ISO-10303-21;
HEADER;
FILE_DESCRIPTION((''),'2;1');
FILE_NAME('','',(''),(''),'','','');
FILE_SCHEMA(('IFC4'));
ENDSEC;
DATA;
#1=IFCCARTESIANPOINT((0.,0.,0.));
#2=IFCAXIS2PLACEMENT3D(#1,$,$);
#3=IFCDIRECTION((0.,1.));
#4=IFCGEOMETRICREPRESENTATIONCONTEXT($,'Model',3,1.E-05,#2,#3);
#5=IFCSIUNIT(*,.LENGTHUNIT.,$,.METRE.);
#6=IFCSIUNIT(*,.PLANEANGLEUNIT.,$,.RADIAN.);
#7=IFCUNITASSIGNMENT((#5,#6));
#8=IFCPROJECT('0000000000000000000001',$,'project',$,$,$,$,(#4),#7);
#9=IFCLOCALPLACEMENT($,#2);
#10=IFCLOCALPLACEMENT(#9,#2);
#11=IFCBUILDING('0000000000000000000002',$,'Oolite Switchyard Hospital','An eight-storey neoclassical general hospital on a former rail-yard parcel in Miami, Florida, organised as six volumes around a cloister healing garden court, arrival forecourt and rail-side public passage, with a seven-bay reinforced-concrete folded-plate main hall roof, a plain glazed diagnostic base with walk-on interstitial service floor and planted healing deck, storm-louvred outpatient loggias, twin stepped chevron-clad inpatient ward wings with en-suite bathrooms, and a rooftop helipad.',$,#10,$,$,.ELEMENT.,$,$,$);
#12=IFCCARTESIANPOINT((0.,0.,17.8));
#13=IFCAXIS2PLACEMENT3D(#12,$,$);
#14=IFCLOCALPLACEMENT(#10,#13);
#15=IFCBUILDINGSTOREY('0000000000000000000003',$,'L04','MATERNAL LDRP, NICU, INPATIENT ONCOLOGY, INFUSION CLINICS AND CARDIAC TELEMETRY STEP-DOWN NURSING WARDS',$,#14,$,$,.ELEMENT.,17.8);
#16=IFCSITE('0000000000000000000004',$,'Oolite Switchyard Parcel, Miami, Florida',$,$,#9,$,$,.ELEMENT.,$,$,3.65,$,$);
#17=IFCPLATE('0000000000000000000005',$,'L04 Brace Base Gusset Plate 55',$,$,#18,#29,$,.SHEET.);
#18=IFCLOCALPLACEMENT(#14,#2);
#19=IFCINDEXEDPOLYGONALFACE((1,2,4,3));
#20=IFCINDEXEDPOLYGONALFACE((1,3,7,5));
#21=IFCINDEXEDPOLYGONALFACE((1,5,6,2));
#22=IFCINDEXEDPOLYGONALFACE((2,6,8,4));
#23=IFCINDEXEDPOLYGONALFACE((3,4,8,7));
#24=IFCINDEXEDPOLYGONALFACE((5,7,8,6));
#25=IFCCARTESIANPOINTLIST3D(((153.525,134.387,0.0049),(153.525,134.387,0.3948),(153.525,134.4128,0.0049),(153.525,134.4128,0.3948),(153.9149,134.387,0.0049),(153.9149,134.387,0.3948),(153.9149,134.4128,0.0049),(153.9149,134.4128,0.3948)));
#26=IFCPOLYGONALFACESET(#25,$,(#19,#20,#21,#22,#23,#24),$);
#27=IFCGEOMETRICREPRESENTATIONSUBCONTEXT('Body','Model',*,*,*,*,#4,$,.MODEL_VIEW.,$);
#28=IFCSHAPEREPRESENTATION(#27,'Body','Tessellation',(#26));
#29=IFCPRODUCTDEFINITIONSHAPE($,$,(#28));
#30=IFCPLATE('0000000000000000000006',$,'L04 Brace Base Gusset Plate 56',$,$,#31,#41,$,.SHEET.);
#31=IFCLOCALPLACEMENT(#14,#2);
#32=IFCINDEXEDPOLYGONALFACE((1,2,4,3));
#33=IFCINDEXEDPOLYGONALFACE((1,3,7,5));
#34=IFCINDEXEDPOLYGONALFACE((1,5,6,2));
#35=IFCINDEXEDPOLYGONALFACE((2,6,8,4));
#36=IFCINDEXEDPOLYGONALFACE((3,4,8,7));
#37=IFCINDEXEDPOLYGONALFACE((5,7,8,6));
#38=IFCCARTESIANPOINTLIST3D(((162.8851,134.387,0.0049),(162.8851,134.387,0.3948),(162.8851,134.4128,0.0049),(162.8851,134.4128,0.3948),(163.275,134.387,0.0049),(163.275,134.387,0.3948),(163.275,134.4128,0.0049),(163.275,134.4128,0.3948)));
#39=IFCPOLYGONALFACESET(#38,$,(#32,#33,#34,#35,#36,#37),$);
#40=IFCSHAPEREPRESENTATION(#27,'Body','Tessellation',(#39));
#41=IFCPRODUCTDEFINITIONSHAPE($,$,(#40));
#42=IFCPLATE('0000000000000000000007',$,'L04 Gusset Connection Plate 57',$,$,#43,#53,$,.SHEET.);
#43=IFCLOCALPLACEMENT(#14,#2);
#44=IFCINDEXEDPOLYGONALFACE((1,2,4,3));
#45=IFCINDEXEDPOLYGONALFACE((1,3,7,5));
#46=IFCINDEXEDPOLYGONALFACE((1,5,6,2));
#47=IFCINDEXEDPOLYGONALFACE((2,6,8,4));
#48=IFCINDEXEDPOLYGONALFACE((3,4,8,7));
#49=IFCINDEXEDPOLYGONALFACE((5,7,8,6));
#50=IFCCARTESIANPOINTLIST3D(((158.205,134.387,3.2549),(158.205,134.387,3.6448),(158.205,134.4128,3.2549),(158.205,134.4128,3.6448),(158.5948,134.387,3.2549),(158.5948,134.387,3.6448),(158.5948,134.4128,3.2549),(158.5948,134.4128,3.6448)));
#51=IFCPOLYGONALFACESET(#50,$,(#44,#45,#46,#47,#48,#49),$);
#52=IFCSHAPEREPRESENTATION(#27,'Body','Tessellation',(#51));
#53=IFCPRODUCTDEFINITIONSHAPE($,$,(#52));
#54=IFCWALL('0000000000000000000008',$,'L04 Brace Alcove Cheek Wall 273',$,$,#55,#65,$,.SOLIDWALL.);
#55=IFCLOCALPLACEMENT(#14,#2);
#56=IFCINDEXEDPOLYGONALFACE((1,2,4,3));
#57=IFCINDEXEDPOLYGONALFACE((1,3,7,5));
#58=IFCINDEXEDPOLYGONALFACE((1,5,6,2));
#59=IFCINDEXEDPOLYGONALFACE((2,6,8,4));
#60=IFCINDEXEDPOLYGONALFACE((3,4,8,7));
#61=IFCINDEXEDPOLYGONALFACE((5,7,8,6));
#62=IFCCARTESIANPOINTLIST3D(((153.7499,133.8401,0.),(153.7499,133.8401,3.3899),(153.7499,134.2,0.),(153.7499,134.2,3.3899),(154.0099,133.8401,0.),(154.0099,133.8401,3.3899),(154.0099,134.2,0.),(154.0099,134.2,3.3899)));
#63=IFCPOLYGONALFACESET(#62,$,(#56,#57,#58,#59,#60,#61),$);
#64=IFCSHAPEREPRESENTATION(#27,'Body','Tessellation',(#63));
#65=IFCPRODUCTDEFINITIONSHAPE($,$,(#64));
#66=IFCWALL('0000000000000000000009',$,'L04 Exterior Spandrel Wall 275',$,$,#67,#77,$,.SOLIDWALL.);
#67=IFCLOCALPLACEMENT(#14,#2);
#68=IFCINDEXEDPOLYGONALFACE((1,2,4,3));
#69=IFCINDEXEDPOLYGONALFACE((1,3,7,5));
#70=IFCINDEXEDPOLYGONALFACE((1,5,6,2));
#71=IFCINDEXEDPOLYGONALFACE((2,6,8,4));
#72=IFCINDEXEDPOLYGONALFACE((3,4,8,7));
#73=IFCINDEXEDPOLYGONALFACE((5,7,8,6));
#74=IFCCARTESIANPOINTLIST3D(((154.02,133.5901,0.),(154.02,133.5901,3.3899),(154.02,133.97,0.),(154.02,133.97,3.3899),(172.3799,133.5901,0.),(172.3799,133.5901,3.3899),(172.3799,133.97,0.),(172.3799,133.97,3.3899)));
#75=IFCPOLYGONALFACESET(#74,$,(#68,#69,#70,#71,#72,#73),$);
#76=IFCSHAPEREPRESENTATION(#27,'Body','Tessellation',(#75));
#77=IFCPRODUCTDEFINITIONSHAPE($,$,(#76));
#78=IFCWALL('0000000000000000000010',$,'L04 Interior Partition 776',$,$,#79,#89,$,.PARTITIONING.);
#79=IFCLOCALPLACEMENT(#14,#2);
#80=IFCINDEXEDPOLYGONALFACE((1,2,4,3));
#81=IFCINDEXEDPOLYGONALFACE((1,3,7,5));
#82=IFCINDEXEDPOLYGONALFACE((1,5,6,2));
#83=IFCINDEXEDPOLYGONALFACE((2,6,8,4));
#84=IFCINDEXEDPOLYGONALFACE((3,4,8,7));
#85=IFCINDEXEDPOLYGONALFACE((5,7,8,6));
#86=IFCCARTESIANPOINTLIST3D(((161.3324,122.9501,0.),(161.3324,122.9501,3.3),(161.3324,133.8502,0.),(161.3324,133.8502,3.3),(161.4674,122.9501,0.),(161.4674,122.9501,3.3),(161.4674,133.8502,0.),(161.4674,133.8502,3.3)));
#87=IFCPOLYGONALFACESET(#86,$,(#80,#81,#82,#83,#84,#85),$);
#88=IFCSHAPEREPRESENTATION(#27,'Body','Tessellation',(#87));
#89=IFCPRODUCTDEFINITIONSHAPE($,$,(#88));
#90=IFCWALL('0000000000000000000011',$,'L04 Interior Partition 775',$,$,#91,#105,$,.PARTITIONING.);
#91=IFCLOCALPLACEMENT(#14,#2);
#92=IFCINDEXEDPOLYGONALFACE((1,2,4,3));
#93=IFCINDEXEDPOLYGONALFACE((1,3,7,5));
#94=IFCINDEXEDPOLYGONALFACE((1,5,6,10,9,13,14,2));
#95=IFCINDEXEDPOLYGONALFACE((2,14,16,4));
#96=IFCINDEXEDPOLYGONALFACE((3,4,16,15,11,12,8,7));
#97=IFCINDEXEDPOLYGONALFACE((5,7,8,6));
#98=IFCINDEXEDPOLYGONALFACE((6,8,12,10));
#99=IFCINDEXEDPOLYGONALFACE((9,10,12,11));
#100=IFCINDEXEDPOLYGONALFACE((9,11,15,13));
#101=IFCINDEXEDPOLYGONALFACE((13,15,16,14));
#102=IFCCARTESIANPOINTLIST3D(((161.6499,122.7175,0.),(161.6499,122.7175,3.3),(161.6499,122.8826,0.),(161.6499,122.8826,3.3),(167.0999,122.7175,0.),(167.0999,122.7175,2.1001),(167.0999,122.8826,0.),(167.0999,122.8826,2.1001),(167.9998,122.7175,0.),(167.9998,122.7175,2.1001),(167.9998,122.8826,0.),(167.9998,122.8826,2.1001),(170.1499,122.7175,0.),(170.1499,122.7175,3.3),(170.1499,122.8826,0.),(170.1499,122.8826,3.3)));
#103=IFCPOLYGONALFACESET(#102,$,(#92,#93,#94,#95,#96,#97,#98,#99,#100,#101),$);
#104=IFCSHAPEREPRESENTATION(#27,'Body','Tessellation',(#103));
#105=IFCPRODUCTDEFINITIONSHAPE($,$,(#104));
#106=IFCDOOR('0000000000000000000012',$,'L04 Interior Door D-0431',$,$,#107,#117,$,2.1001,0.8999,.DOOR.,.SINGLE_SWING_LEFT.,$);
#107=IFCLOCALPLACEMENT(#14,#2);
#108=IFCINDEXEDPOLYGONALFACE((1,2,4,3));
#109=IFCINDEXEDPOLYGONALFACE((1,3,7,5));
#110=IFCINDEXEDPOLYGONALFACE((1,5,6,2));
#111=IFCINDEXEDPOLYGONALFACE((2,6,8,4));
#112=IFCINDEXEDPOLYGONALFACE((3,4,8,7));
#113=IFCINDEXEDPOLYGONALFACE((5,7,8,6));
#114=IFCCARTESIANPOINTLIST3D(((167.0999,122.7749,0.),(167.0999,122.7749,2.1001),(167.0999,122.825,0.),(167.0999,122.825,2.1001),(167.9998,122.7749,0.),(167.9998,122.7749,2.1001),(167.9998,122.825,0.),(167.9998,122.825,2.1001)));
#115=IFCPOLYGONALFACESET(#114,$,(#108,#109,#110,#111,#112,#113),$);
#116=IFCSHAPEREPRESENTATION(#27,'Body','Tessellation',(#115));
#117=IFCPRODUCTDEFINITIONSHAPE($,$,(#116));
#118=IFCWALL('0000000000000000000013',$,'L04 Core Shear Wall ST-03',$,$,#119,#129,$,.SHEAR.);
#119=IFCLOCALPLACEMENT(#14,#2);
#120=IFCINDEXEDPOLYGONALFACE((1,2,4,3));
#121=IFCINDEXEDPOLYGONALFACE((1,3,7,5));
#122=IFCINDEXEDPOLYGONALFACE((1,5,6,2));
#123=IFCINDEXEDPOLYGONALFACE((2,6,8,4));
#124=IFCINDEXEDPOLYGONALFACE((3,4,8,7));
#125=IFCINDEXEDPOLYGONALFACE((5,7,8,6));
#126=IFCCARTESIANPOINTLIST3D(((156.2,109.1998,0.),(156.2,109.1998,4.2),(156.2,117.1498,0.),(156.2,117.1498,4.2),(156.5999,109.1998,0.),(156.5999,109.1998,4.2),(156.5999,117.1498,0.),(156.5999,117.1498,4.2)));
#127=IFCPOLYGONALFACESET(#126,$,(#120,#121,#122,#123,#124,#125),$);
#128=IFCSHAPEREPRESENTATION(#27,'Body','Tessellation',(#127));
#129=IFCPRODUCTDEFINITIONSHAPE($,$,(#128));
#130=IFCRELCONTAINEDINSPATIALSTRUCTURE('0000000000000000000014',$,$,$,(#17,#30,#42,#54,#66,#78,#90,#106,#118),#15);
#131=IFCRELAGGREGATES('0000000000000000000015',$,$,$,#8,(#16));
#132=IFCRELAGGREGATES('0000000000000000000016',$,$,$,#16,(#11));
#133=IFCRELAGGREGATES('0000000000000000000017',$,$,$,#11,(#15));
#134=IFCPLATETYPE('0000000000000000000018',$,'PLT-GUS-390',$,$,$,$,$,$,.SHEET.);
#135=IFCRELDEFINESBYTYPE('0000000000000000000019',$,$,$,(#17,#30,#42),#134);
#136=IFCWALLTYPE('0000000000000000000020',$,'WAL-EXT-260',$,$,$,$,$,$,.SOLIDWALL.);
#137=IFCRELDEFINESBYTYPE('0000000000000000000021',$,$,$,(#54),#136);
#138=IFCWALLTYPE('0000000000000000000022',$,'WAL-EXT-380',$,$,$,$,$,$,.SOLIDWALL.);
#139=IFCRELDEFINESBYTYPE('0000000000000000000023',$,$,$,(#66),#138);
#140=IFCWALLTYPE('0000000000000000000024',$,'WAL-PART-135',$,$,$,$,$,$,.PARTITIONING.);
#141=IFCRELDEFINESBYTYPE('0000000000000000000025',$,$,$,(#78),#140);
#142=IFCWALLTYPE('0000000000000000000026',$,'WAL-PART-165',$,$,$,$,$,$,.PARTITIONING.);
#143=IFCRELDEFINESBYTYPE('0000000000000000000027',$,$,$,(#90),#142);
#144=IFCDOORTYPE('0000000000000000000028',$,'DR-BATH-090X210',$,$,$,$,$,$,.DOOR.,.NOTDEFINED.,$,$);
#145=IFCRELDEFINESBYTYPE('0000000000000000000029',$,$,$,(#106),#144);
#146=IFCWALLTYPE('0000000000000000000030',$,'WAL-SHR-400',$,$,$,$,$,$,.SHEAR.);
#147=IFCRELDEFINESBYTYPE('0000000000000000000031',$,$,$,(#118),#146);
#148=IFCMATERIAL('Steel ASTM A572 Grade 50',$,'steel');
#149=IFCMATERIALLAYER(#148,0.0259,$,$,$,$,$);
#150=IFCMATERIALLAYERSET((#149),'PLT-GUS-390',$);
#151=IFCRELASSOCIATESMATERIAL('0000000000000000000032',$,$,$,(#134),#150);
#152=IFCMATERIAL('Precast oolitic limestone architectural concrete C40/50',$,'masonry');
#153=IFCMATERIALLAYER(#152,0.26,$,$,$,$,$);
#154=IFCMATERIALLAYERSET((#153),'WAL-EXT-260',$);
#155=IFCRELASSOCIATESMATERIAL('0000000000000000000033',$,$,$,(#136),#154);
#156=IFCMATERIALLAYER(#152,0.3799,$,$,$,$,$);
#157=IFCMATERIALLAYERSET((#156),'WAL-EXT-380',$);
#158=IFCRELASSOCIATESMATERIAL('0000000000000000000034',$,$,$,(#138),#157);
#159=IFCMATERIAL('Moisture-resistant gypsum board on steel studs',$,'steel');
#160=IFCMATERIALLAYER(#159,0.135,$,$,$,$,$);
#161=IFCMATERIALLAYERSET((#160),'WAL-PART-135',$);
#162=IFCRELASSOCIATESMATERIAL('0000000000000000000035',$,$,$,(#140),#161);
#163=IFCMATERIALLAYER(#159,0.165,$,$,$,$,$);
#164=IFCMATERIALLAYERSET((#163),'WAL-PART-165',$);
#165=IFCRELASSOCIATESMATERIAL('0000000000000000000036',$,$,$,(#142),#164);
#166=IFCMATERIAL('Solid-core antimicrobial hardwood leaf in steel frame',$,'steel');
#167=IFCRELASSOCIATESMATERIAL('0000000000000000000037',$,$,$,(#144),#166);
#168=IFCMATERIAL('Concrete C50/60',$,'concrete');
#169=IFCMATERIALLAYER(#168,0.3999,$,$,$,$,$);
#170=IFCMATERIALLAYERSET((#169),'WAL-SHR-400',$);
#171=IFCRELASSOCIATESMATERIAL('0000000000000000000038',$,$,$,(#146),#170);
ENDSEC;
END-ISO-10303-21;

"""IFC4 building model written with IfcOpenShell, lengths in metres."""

from ifc_helpers import new_model, si_unit, direction, frame, frame_2d, origin, origin_2d, place, context, subcontext, project, spatial, rectangle, extrude, material, layer, layer_set, type_object, element, fill, save


model = new_model("IFC4")

# Units and contexts
model_context = context("Model", 3, precision=1e-05, world=origin(), true_north=direction((0.0, 1.0)))
body_context = subcontext(model_context, "Body", "Model", "MODEL_VIEW")
ifc_project = project(units=[si_unit("LENGTHUNIT", "METRE"), si_unit("PLANEANGLEUNIT", "RADIAN")], contexts=[model_context])

# Site, building, storey
site_placement = place(None, origin())
site = spatial("IfcSite", under=ifc_project, at=site_placement, Name="Oolite Switchyard Parcel, Miami, Florida", CompositionType="ELEMENT", RefElevation=3.65)
building_placement = place(site_placement, origin())
building = spatial("IfcBuilding", under=site, at=building_placement, Name="Oolite Switchyard Hospital", Description="An eight-storey neoclassical general hospital on a former rail-yard parcel in Miami, Florida, organised as six volumes around a cloister healing garden court, arrival forecourt and rail-side public passage, with a seven-bay reinforced-concrete folded-plate main hall roof, a plain glazed diagnostic base with walk-on interstitial service floor and planted healing deck, storm-louvred outpatient loggias, twin stepped chevron-clad inpatient ward wings with en-suite bathrooms, and a rooftop helipad.", CompositionType="ELEMENT")
storey_placement = place(building_placement, frame((0.0, 0.0, 17.8)))
storey = spatial("IfcBuildingStorey", under=building, at=storey_placement, Name="L04", Description="MATERNAL LDRP, NICU, INPATIENT ONCOLOGY, INFUSION CLINICS AND CARDIAC TELEMETRY STEP-DOWN NURSING WARDS", CompositionType="ELEMENT", Elevation=17.8)

# Shared definitions
ifc_material_1 = material(Name="Concrete C50/60", Category="concrete")

# Plates
ifc_material_2 = material(Name="Steel ASTM A572 Grade 50", Category="steel")
ifc_layer_1 = layer(ifc_material_2, 0.0259)
ifc_layer_set_1 = layer_set([ifc_layer_1], Name="PLT-GUS-390")
plate_type = type_object("IfcPlateType", Name="PLT-GUS-390", PredefinedType="SHEET", material=ifc_layer_set_1)
for number, where, z_axis, x_axis, name in (
    (1, (153.72, 134.3999, 0.0049), (0.0, 0.0, 1.0), (1.0, 0.0, 0.0), "L04 Brace Base Gusset Plate 55"),
    (2, (163.0801, 134.3999, 0.0049), (0.0, 0.0, 1.0), (1.0, 0.0, 0.0), "L04 Brace Base Gusset Plate 56"),
    (3, (158.3999, 134.3999, 3.2549), (0.0, 0.0, 1.0), (1.0, 0.0, 0.0), "L04 Gusset Connection Plate 57"),
):
    element("IfcPlate", number, at=place(storey_placement, frame(where, z_axis=z_axis, x_axis=x_axis)), inside=storey, type_object=plate_type, Name=name, PredefinedType="SHEET", context=body_context, shape_type="SweptSolid", body=[
        extrude(rectangle(XDim=0.3899, YDim=0.0259, at=origin_2d()), origin(), (0.0, 0.0, 1.0), 0.3899),
    ])

# Walls
ifc_material_3 = material(Name="Precast oolitic limestone architectural concrete C40/50", Category="masonry")
ifc_layer_2 = layer(ifc_material_3, 0.26)
ifc_layer_set_2 = layer_set([ifc_layer_2], Name="WAL-EXT-260")
wall_type_1 = type_object("IfcWallType", Name="WAL-EXT-260", PredefinedType="SOLIDWALL", material=ifc_layer_set_2)
wall_1_placement = place(storey_placement, frame((153.8799, 134.2, 0.0), z_axis=(0.0, 0.0, 1.0), x_axis=(0.0, -1.0, 0.0)))
element("IfcWall", 4, at=wall_1_placement, inside=storey, type_object=wall_type_1, Name="L04 Brace Alcove Cheek Wall 273", PredefinedType="SOLIDWALL", context=body_context, shape_type="SweptSolid", body=[
    extrude(rectangle(XDim=0.3599, YDim=0.26, at=frame_2d((0.1799, 0.0))), origin(), (0.0, 0.0, 1.0), 3.3899),
])
ifc_layer_3 = layer(ifc_material_3, 0.3799)
ifc_layer_set_3 = layer_set([ifc_layer_3], Name="WAL-EXT-380")
wall_type_2 = type_object("IfcWallType", Name="WAL-EXT-380", PredefinedType="SOLIDWALL", material=ifc_layer_set_3)
wall_2_placement = place(storey_placement, frame((154.02, 133.78, 0.0), z_axis=(0.0, 0.0, 1.0), x_axis=(1.0, 0.0, 0.0)))
element("IfcWall", 5, at=wall_2_placement, inside=storey, type_object=wall_type_2, Name="L04 Exterior Spandrel Wall 275", PredefinedType="SOLIDWALL", context=body_context, shape_type="SweptSolid", body=[
    extrude(rectangle(XDim=18.3599, YDim=0.3799, at=frame_2d((9.1799, 0.0))), origin(), (0.0, 0.0, 1.0), 3.3899),
])
ifc_material_4 = material(Name="Moisture-resistant gypsum board on steel studs", Category="steel")
ifc_layer_4 = layer(ifc_material_4, 0.135)
ifc_layer_set_4 = layer_set([ifc_layer_4], Name="WAL-PART-135")
wall_type_3 = type_object("IfcWallType", Name="WAL-PART-135", PredefinedType="PARTITIONING", material=ifc_layer_set_4)
wall_3_placement = place(storey_placement, frame((161.3999, 122.95, 0.0), z_axis=(0.0, 0.0, 1.0), x_axis=(0.0, 1.0, 0.0)))
element("IfcWall", 6, at=wall_3_placement, inside=storey, type_object=wall_type_3, Name="L04 Interior Partition 776", PredefinedType="PARTITIONING", context=body_context, shape_type="SweptSolid", body=[
    extrude(rectangle(XDim=10.9001, YDim=0.135, at=frame_2d((5.4502, 0.0))), origin(), (0.0, 0.0, 1.0), 3.3),
])

# Wall, opening, door
ifc_layer_5 = layer(ifc_material_4, 0.165)
ifc_layer_set_5 = layer_set([ifc_layer_5], Name="WAL-PART-165")
wall_type_4 = type_object("IfcWallType", Name="WAL-PART-165", PredefinedType="PARTITIONING", material=ifc_layer_set_5)
wall_4_placement = place(storey_placement, frame((161.6499, 122.8, 0.0), z_axis=(0.0, 0.0, 1.0), x_axis=(1.0, 0.0, 0.0)))
wall_4 = element("IfcWall", 7, at=wall_4_placement, inside=storey, type_object=wall_type_4, Name="L04 Interior Partition 775", PredefinedType="PARTITIONING", context=body_context, shape_type="SweptSolid", body=[
    extrude(rectangle(XDim=8.5, YDim=0.165, at=frame_2d((4.25, 0.0))), origin(), (0.0, 0.0, 1.0), 3.3),
])
opening_placement = place(wall_4_placement, frame((5.45, 0.0, 0.0)))
opening = element("IfcOpeningElement", 8, at=opening_placement, cuts=wall_4, PredefinedType="OPENING", context=body_context, shape_type="SweptSolid", body=[
    extrude(rectangle(XDim=0.8999, YDim=2.1001, at=frame_2d((0.45, 1.05))), frame((0.0, 0.0925, 0.0), z_axis=(0.0, -1.0, 0.0), x_axis=(1.0, 0.0, 0.0)), (0.0, 0.0, 1.0), 0.1851),
])
ifc_material_5 = material(Name="Solid-core antimicrobial hardwood leaf in steel frame", Category="steel")
door_type = type_object("IfcDoorType", Name="DR-BATH-090X210", OperationType="NOTDEFINED", PredefinedType="DOOR", material=ifc_material_5)
door_placement = place(opening_placement, origin())
door = element("IfcDoor", 9, at=door_placement, inside=storey, type_object=door_type, Name="L04 Interior Door D-0431", OperationType="SINGLE_SWING_LEFT", OverallHeight=2.1001, OverallWidth=0.8999, PredefinedType="DOOR", context=body_context, shape_type="SweptSolid", body=[
    extrude(rectangle(XDim=0.8999, YDim=2.1001, at=frame_2d((0.45, 1.05))), frame((0.0, 0.0249, 0.0), z_axis=(0.0, -1.0, 0.0), x_axis=(1.0, 0.0, 0.0)), (0.0, 0.0, 1.0), 0.05),
])
fill(opening, door)

# Wall
ifc_layer_6 = layer(ifc_material_1, 0.3999)
ifc_layer_set_6 = layer_set([ifc_layer_6], Name="WAL-SHR-400")
wall_type_5 = type_object("IfcWallType", Name="WAL-SHR-400", PredefinedType="SHEAR", material=ifc_layer_set_6)
wall_5_placement = place(storey_placement, frame((156.3999, 117.1499, 0.0), z_axis=(0.0, 0.0, 1.0), x_axis=(0.0, -1.0, 0.0)))
element("IfcWall", 10, at=wall_5_placement, inside=storey, type_object=wall_type_5, Name="L04 Core Shear Wall ST-03", PredefinedType="SHEAR", context=body_context, shape_type="SweptSolid", body=[
    extrude(rectangle(XDim=7.95, YDim=0.3999, at=frame_2d((3.9751, 0.0))), origin(), (0.0, 0.0, 1.0), 4.2),
])

save(model, "model.ifc")
